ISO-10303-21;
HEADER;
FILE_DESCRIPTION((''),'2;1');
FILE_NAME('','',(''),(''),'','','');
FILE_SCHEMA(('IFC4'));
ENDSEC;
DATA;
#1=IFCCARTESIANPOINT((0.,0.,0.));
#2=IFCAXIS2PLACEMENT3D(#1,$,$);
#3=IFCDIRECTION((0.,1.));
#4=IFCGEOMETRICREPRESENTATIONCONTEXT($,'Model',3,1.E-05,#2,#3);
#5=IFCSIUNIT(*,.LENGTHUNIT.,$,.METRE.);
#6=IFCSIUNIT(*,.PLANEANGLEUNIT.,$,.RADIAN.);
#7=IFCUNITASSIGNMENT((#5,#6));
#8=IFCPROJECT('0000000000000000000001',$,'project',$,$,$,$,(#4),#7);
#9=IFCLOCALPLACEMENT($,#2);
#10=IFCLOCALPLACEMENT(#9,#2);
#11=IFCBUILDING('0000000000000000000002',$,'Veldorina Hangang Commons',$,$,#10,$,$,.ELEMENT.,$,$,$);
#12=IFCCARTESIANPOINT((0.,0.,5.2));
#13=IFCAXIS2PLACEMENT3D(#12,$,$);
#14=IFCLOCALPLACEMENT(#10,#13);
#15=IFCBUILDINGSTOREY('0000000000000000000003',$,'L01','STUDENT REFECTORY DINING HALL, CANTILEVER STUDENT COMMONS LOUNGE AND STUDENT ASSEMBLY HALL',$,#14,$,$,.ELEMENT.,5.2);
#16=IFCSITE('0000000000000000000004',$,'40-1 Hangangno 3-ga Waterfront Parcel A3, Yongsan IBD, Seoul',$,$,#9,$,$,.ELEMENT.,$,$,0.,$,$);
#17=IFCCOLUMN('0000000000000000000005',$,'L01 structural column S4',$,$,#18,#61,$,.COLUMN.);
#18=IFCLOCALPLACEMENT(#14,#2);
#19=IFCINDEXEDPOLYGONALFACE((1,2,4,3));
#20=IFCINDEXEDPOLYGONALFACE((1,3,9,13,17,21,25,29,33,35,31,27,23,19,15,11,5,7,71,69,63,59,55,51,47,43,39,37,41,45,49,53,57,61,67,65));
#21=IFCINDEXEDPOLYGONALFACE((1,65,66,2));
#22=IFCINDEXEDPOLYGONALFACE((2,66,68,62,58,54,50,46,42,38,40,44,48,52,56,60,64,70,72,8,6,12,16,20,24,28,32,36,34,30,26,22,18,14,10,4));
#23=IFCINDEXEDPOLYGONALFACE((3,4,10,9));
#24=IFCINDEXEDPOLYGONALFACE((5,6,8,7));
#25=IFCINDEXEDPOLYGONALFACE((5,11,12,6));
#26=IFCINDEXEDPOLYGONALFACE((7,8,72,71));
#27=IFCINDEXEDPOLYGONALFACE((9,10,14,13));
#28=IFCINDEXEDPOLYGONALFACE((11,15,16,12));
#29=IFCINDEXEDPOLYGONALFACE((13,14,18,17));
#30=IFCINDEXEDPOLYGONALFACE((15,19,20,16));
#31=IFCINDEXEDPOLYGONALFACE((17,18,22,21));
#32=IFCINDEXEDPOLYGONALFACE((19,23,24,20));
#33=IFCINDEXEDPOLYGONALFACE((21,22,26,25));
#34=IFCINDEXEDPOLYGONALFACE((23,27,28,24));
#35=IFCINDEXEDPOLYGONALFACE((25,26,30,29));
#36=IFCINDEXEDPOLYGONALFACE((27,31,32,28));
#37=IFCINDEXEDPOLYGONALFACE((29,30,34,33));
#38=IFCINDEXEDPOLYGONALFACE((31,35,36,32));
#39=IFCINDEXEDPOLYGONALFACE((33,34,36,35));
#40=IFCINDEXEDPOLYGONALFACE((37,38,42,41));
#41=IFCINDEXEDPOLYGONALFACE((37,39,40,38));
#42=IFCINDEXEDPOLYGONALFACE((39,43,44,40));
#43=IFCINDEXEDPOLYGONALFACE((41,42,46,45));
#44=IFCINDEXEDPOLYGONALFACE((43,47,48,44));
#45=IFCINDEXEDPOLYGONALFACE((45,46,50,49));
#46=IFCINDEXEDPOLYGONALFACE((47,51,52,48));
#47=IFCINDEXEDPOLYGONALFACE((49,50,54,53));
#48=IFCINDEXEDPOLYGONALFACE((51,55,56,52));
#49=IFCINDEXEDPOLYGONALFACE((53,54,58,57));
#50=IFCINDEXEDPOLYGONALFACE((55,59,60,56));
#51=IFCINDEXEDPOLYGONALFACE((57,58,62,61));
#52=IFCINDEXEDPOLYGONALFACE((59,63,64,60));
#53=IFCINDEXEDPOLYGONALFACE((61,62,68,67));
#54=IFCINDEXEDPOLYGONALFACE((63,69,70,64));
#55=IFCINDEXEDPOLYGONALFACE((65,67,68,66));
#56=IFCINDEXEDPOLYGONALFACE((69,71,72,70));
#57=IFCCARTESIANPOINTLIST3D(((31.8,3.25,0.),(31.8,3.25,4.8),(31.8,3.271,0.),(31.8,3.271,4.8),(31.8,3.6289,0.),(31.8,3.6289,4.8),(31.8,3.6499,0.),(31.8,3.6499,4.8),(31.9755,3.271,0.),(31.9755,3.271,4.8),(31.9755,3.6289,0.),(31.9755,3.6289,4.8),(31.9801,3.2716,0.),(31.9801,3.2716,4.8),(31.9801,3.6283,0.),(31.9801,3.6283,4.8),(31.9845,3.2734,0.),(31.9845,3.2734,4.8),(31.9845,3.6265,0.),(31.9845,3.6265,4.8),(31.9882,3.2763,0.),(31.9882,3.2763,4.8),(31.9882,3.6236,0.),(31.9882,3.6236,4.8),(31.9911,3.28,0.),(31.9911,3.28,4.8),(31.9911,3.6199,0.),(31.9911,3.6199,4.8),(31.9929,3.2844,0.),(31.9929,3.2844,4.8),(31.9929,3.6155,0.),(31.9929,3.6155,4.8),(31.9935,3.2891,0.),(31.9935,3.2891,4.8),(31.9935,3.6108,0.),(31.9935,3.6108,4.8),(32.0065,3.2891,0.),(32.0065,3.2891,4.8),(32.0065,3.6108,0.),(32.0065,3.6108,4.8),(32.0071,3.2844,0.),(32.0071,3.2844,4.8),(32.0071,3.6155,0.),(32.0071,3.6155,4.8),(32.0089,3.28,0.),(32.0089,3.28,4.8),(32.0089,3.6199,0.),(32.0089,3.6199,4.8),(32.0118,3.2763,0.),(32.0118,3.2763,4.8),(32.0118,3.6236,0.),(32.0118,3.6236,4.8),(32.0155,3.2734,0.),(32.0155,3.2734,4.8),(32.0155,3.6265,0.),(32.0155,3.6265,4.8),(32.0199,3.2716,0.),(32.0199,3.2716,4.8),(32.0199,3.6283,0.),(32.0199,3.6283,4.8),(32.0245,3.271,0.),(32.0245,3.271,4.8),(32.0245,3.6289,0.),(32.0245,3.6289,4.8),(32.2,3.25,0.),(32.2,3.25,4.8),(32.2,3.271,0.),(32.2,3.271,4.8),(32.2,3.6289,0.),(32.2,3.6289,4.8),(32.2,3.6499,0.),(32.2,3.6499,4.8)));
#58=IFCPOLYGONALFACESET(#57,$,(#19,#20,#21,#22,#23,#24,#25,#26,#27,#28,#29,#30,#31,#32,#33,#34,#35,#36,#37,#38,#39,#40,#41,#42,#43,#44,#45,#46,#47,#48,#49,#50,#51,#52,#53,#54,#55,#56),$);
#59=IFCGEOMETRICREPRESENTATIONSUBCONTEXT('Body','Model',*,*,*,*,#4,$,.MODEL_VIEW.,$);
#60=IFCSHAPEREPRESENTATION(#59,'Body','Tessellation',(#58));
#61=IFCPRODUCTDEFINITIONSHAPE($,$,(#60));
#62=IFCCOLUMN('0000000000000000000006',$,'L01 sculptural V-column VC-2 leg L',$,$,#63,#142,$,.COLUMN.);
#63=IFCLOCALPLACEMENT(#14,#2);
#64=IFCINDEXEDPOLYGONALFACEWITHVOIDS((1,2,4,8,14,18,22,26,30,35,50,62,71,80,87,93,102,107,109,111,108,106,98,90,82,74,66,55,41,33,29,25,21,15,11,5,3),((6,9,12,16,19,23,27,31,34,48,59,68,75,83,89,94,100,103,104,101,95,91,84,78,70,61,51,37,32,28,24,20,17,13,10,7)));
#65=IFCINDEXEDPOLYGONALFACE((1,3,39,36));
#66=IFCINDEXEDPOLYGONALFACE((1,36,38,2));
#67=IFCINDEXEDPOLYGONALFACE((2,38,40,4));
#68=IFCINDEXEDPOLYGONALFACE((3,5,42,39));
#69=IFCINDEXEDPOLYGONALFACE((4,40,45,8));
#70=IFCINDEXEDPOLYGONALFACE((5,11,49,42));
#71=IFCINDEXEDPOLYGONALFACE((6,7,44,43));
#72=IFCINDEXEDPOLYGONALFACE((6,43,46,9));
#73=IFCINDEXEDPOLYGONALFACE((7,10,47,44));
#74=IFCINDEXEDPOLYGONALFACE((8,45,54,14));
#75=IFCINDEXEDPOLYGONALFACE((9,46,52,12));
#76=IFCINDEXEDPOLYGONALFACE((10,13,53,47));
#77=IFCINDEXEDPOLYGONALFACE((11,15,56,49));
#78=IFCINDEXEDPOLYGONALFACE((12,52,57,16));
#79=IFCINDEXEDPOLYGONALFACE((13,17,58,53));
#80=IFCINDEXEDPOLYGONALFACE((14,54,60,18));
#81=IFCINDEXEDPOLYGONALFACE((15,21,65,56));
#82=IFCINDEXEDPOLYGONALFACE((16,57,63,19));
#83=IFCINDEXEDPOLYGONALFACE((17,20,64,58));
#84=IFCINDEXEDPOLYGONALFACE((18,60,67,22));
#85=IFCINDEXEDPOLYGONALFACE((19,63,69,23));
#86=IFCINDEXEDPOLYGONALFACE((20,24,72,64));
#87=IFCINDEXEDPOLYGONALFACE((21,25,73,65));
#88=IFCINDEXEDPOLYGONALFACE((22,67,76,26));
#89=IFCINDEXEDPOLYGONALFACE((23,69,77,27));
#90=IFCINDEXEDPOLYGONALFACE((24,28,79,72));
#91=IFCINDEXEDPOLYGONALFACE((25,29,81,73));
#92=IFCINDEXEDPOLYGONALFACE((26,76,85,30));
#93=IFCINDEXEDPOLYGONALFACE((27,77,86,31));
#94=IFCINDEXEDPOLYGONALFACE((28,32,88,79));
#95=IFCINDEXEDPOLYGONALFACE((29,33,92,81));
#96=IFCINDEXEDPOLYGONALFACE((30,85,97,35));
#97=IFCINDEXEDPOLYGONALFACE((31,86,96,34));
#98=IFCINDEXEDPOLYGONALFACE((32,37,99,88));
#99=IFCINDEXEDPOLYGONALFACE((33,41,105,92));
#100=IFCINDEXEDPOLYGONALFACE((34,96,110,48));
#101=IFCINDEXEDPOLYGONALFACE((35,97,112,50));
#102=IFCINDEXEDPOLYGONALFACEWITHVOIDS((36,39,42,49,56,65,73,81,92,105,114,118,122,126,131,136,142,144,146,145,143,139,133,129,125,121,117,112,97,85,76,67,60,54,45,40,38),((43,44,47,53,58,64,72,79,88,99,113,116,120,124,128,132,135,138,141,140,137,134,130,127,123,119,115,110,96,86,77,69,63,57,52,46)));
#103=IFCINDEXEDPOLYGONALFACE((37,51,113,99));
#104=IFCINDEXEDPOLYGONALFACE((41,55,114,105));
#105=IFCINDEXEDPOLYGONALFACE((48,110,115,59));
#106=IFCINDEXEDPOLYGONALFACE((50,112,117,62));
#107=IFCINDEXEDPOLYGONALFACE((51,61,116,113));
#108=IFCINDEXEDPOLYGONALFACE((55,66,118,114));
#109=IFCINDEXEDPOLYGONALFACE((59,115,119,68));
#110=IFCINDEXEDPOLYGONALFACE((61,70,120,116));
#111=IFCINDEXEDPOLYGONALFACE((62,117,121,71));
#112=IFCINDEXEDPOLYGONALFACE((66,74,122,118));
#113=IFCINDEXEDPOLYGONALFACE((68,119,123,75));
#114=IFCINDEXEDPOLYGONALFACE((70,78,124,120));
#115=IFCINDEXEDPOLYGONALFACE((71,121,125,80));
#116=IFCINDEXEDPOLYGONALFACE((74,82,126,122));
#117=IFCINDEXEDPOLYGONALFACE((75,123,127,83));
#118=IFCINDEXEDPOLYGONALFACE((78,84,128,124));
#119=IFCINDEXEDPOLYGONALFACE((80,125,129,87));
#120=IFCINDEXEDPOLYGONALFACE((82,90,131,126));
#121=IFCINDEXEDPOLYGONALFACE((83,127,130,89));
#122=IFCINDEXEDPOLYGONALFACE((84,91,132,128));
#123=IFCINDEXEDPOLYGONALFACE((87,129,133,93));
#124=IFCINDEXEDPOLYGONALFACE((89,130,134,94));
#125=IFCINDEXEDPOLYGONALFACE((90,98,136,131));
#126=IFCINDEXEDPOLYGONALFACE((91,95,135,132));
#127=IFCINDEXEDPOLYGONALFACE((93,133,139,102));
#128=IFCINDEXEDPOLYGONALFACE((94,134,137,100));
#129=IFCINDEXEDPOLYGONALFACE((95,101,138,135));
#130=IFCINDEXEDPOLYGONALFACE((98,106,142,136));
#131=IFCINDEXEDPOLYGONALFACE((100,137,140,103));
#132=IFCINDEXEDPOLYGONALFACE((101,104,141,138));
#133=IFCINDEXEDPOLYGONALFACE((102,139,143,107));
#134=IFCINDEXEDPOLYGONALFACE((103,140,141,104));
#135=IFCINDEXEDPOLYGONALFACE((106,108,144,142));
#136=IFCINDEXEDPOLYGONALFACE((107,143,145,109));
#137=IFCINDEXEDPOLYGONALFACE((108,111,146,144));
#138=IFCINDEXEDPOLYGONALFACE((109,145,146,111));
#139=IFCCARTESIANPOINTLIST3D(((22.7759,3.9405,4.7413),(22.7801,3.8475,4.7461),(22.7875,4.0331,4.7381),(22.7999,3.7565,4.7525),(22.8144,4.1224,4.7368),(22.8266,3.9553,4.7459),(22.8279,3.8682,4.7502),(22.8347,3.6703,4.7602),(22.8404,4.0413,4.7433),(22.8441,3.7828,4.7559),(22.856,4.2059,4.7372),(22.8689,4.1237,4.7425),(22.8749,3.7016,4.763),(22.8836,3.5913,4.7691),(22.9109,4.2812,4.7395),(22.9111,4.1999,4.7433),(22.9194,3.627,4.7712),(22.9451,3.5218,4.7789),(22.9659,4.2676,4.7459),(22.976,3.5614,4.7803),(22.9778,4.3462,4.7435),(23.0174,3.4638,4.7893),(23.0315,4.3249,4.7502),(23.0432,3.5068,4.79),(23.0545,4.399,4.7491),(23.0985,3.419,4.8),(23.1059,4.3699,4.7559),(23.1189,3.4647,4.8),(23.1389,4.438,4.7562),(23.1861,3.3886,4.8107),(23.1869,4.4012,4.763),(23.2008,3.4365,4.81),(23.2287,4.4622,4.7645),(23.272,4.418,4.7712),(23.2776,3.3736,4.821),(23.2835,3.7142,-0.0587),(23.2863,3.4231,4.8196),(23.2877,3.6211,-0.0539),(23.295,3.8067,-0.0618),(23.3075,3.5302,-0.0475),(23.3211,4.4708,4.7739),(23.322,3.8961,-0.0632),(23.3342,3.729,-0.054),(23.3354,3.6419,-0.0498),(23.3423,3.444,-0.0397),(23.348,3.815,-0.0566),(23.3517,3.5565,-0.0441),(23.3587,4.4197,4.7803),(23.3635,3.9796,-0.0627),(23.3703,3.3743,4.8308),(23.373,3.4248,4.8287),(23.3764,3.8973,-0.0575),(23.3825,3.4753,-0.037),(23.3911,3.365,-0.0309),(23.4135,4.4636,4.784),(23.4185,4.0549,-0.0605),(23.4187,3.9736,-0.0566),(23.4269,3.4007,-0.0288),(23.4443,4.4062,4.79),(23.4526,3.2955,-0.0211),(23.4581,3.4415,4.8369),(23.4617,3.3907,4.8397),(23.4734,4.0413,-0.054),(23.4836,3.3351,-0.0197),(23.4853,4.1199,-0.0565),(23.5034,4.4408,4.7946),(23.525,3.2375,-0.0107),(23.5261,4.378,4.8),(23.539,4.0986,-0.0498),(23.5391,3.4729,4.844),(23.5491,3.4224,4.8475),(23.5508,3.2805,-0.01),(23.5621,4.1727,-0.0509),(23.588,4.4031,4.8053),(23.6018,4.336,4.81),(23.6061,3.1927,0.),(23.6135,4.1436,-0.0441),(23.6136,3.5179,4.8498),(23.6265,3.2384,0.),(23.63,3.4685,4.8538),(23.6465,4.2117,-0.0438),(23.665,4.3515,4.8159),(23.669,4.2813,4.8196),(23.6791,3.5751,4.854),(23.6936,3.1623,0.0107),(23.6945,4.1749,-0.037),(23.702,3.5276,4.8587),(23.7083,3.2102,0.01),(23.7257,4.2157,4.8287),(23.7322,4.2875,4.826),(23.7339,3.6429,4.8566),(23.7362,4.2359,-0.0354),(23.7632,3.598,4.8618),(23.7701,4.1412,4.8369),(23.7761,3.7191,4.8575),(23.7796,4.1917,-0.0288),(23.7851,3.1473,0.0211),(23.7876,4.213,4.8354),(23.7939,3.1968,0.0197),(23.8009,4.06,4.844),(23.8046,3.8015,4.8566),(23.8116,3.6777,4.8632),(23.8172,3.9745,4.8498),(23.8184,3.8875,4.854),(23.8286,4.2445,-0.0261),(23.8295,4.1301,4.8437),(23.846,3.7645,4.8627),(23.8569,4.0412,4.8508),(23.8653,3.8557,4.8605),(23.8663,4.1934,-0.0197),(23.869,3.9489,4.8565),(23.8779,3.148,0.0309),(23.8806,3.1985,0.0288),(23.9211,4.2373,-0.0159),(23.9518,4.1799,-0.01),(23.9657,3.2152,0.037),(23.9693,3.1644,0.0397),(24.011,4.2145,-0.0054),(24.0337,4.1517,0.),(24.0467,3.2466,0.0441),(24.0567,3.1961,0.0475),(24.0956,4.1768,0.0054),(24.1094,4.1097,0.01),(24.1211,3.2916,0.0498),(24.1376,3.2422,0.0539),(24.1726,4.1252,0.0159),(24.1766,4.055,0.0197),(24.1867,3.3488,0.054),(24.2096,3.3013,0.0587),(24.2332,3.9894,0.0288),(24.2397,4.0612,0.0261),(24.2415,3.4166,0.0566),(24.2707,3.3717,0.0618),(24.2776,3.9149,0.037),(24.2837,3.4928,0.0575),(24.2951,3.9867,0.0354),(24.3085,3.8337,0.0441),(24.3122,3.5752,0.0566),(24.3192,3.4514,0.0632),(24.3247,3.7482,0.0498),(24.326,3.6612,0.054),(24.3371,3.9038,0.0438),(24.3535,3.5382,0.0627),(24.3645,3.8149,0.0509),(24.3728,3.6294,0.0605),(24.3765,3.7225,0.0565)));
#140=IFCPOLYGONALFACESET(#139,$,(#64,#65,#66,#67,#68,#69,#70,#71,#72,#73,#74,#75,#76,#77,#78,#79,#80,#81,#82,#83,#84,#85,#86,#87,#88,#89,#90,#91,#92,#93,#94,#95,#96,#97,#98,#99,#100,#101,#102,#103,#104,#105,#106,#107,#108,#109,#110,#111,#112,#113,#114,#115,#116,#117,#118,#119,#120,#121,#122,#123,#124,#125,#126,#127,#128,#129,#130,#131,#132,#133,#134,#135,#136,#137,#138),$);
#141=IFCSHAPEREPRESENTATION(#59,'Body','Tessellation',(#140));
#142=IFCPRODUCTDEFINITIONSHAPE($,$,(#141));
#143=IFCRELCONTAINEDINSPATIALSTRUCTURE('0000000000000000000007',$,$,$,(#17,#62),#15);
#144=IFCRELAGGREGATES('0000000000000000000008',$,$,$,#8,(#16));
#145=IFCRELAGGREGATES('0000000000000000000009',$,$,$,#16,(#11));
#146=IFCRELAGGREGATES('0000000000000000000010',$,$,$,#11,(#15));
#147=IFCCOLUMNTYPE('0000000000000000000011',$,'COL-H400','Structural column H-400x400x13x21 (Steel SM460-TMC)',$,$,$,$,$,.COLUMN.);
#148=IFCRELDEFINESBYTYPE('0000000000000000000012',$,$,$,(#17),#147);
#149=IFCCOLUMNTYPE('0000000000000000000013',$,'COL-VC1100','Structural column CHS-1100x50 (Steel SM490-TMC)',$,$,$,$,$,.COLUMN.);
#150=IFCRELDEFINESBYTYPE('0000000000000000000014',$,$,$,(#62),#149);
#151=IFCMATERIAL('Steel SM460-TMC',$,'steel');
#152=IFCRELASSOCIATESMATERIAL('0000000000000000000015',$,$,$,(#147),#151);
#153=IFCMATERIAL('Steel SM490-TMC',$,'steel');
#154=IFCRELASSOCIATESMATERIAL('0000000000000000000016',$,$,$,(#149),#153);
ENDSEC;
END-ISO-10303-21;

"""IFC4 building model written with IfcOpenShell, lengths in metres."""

from ifc_helpers import new_model, si_unit, direction, frame, origin, origin_2d, place, context, subcontext, project, spatial, hollow_circle, i_section, extrude, material, material_profile, profile_set, type_object, element, save


model = new_model("IFC4")

# Units and contexts
model_context = context("Model", 3, precision=1e-05, world=origin(), true_north=direction((0.0, 1.0)))
body_context = subcontext(model_context, "Body", "Model", "MODEL_VIEW")
ifc_project = project(units=[si_unit("LENGTHUNIT", "METRE"), si_unit("PLANEANGLEUNIT", "RADIAN")], contexts=[model_context])

# Site, building, storey
site_placement = place(None, origin())
site = spatial("IfcSite", under=ifc_project, at=site_placement, Name="40-1 Hangangno 3-ga Waterfront Parcel A3, Yongsan IBD, Seoul", CompositionType="ELEMENT", RefElevation=0.0)
building_placement = place(site_placement, origin())
building = spatial("IfcBuilding", under=site, at=building_placement, Name="Veldorina Hangang Commons", CompositionType="ELEMENT")
storey_placement = place(building_placement, frame((0.0, 0.0, 5.2)))
storey = spatial("IfcBuildingStorey", under=building, at=storey_placement, Name="L01", Description="STUDENT REFECTORY DINING HALL, CANTILEVER STUDENT COMMONS LOUNGE AND STUDENT ASSEMBLY HALL", CompositionType="ELEMENT", Elevation=5.2)

# Columns
ifc_material_1 = material(Name="Steel SM460-TMC", Category="steel")
ifc_material_profile_1 = material_profile(ifc_material_1, i_section(OverallWidth=0.3999, OverallDepth=0.3999, WebThickness=0.0129, FlangeThickness=0.021, FilletRadius=0.0181, at=origin_2d()), Name="H-400x400x13x21")
ifc_profile_set_1 = profile_set([ifc_material_profile_1], Name="Steel SM460-TMC")
column_type_1 = type_object("IfcColumnType", Name="COL-H400", Description="Structural column H-400x400x13x21 (Steel SM460-TMC)", PredefinedType="COLUMN", material=ifc_profile_set_1)
column_placement = place(storey_placement, frame((32.0, 3.45, 0.0), z_axis=(0.0, 0.0, 1.0), x_axis=(1.0, 0.0, 0.0)))
element("IfcColumn", 1, at=column_placement, inside=storey, type_object=column_type_1, Name="L01 structural column S4", PredefinedType="COLUMN", context=body_context, shape_type="SweptSolid", body=[
    extrude(i_section(OverallWidth=0.3999, OverallDepth=0.3999, WebThickness=0.0129, FlangeThickness=0.021, FilletRadius=0.0181, at=origin_2d()), origin(), (0.0, 0.0, 1.0), 4.8),
])
ifc_material_2 = material(Name="Steel SM490-TMC", Category="steel")
ifc_material_profile_2 = material_profile(ifc_material_2, hollow_circle(Radius=0.55, WallThickness=0.05, at=origin_2d()), Name="CHS-1100x50")
ifc_profile_set_2 = profile_set([ifc_material_profile_2], Name="Steel SM490-TMC")
column_type_2 = type_object("IfcColumnType", Name="COL-VC1100", Description="Structural column CHS-1100x50 (Steel SM490-TMC)", PredefinedType="COLUMN", material=ifc_profile_set_2)
for number, where, z_axis, x_axis, name in (
    (2, (23.8301, 3.6951, 0.0), (-0.105041, 0.046836, 0.993364), (-0.407239, -0.913322, 0.0), "L01 sculptural V-column VC-2 leg L"),
):
    element("IfcColumn", number, at=place(storey_placement, frame(where, z_axis=z_axis, x_axis=x_axis)), inside=storey, type_object=column_type_2, Name=name, PredefinedType="COLUMN", context=body_context, shape_type="SweptSolid", body=[
        extrude(hollow_circle(Radius=0.55, WallThickness=0.05, at=origin_2d()), origin(), (0.0, 0.0, 1.0), 4.832),
    ])

save(model, "model.ifc")
